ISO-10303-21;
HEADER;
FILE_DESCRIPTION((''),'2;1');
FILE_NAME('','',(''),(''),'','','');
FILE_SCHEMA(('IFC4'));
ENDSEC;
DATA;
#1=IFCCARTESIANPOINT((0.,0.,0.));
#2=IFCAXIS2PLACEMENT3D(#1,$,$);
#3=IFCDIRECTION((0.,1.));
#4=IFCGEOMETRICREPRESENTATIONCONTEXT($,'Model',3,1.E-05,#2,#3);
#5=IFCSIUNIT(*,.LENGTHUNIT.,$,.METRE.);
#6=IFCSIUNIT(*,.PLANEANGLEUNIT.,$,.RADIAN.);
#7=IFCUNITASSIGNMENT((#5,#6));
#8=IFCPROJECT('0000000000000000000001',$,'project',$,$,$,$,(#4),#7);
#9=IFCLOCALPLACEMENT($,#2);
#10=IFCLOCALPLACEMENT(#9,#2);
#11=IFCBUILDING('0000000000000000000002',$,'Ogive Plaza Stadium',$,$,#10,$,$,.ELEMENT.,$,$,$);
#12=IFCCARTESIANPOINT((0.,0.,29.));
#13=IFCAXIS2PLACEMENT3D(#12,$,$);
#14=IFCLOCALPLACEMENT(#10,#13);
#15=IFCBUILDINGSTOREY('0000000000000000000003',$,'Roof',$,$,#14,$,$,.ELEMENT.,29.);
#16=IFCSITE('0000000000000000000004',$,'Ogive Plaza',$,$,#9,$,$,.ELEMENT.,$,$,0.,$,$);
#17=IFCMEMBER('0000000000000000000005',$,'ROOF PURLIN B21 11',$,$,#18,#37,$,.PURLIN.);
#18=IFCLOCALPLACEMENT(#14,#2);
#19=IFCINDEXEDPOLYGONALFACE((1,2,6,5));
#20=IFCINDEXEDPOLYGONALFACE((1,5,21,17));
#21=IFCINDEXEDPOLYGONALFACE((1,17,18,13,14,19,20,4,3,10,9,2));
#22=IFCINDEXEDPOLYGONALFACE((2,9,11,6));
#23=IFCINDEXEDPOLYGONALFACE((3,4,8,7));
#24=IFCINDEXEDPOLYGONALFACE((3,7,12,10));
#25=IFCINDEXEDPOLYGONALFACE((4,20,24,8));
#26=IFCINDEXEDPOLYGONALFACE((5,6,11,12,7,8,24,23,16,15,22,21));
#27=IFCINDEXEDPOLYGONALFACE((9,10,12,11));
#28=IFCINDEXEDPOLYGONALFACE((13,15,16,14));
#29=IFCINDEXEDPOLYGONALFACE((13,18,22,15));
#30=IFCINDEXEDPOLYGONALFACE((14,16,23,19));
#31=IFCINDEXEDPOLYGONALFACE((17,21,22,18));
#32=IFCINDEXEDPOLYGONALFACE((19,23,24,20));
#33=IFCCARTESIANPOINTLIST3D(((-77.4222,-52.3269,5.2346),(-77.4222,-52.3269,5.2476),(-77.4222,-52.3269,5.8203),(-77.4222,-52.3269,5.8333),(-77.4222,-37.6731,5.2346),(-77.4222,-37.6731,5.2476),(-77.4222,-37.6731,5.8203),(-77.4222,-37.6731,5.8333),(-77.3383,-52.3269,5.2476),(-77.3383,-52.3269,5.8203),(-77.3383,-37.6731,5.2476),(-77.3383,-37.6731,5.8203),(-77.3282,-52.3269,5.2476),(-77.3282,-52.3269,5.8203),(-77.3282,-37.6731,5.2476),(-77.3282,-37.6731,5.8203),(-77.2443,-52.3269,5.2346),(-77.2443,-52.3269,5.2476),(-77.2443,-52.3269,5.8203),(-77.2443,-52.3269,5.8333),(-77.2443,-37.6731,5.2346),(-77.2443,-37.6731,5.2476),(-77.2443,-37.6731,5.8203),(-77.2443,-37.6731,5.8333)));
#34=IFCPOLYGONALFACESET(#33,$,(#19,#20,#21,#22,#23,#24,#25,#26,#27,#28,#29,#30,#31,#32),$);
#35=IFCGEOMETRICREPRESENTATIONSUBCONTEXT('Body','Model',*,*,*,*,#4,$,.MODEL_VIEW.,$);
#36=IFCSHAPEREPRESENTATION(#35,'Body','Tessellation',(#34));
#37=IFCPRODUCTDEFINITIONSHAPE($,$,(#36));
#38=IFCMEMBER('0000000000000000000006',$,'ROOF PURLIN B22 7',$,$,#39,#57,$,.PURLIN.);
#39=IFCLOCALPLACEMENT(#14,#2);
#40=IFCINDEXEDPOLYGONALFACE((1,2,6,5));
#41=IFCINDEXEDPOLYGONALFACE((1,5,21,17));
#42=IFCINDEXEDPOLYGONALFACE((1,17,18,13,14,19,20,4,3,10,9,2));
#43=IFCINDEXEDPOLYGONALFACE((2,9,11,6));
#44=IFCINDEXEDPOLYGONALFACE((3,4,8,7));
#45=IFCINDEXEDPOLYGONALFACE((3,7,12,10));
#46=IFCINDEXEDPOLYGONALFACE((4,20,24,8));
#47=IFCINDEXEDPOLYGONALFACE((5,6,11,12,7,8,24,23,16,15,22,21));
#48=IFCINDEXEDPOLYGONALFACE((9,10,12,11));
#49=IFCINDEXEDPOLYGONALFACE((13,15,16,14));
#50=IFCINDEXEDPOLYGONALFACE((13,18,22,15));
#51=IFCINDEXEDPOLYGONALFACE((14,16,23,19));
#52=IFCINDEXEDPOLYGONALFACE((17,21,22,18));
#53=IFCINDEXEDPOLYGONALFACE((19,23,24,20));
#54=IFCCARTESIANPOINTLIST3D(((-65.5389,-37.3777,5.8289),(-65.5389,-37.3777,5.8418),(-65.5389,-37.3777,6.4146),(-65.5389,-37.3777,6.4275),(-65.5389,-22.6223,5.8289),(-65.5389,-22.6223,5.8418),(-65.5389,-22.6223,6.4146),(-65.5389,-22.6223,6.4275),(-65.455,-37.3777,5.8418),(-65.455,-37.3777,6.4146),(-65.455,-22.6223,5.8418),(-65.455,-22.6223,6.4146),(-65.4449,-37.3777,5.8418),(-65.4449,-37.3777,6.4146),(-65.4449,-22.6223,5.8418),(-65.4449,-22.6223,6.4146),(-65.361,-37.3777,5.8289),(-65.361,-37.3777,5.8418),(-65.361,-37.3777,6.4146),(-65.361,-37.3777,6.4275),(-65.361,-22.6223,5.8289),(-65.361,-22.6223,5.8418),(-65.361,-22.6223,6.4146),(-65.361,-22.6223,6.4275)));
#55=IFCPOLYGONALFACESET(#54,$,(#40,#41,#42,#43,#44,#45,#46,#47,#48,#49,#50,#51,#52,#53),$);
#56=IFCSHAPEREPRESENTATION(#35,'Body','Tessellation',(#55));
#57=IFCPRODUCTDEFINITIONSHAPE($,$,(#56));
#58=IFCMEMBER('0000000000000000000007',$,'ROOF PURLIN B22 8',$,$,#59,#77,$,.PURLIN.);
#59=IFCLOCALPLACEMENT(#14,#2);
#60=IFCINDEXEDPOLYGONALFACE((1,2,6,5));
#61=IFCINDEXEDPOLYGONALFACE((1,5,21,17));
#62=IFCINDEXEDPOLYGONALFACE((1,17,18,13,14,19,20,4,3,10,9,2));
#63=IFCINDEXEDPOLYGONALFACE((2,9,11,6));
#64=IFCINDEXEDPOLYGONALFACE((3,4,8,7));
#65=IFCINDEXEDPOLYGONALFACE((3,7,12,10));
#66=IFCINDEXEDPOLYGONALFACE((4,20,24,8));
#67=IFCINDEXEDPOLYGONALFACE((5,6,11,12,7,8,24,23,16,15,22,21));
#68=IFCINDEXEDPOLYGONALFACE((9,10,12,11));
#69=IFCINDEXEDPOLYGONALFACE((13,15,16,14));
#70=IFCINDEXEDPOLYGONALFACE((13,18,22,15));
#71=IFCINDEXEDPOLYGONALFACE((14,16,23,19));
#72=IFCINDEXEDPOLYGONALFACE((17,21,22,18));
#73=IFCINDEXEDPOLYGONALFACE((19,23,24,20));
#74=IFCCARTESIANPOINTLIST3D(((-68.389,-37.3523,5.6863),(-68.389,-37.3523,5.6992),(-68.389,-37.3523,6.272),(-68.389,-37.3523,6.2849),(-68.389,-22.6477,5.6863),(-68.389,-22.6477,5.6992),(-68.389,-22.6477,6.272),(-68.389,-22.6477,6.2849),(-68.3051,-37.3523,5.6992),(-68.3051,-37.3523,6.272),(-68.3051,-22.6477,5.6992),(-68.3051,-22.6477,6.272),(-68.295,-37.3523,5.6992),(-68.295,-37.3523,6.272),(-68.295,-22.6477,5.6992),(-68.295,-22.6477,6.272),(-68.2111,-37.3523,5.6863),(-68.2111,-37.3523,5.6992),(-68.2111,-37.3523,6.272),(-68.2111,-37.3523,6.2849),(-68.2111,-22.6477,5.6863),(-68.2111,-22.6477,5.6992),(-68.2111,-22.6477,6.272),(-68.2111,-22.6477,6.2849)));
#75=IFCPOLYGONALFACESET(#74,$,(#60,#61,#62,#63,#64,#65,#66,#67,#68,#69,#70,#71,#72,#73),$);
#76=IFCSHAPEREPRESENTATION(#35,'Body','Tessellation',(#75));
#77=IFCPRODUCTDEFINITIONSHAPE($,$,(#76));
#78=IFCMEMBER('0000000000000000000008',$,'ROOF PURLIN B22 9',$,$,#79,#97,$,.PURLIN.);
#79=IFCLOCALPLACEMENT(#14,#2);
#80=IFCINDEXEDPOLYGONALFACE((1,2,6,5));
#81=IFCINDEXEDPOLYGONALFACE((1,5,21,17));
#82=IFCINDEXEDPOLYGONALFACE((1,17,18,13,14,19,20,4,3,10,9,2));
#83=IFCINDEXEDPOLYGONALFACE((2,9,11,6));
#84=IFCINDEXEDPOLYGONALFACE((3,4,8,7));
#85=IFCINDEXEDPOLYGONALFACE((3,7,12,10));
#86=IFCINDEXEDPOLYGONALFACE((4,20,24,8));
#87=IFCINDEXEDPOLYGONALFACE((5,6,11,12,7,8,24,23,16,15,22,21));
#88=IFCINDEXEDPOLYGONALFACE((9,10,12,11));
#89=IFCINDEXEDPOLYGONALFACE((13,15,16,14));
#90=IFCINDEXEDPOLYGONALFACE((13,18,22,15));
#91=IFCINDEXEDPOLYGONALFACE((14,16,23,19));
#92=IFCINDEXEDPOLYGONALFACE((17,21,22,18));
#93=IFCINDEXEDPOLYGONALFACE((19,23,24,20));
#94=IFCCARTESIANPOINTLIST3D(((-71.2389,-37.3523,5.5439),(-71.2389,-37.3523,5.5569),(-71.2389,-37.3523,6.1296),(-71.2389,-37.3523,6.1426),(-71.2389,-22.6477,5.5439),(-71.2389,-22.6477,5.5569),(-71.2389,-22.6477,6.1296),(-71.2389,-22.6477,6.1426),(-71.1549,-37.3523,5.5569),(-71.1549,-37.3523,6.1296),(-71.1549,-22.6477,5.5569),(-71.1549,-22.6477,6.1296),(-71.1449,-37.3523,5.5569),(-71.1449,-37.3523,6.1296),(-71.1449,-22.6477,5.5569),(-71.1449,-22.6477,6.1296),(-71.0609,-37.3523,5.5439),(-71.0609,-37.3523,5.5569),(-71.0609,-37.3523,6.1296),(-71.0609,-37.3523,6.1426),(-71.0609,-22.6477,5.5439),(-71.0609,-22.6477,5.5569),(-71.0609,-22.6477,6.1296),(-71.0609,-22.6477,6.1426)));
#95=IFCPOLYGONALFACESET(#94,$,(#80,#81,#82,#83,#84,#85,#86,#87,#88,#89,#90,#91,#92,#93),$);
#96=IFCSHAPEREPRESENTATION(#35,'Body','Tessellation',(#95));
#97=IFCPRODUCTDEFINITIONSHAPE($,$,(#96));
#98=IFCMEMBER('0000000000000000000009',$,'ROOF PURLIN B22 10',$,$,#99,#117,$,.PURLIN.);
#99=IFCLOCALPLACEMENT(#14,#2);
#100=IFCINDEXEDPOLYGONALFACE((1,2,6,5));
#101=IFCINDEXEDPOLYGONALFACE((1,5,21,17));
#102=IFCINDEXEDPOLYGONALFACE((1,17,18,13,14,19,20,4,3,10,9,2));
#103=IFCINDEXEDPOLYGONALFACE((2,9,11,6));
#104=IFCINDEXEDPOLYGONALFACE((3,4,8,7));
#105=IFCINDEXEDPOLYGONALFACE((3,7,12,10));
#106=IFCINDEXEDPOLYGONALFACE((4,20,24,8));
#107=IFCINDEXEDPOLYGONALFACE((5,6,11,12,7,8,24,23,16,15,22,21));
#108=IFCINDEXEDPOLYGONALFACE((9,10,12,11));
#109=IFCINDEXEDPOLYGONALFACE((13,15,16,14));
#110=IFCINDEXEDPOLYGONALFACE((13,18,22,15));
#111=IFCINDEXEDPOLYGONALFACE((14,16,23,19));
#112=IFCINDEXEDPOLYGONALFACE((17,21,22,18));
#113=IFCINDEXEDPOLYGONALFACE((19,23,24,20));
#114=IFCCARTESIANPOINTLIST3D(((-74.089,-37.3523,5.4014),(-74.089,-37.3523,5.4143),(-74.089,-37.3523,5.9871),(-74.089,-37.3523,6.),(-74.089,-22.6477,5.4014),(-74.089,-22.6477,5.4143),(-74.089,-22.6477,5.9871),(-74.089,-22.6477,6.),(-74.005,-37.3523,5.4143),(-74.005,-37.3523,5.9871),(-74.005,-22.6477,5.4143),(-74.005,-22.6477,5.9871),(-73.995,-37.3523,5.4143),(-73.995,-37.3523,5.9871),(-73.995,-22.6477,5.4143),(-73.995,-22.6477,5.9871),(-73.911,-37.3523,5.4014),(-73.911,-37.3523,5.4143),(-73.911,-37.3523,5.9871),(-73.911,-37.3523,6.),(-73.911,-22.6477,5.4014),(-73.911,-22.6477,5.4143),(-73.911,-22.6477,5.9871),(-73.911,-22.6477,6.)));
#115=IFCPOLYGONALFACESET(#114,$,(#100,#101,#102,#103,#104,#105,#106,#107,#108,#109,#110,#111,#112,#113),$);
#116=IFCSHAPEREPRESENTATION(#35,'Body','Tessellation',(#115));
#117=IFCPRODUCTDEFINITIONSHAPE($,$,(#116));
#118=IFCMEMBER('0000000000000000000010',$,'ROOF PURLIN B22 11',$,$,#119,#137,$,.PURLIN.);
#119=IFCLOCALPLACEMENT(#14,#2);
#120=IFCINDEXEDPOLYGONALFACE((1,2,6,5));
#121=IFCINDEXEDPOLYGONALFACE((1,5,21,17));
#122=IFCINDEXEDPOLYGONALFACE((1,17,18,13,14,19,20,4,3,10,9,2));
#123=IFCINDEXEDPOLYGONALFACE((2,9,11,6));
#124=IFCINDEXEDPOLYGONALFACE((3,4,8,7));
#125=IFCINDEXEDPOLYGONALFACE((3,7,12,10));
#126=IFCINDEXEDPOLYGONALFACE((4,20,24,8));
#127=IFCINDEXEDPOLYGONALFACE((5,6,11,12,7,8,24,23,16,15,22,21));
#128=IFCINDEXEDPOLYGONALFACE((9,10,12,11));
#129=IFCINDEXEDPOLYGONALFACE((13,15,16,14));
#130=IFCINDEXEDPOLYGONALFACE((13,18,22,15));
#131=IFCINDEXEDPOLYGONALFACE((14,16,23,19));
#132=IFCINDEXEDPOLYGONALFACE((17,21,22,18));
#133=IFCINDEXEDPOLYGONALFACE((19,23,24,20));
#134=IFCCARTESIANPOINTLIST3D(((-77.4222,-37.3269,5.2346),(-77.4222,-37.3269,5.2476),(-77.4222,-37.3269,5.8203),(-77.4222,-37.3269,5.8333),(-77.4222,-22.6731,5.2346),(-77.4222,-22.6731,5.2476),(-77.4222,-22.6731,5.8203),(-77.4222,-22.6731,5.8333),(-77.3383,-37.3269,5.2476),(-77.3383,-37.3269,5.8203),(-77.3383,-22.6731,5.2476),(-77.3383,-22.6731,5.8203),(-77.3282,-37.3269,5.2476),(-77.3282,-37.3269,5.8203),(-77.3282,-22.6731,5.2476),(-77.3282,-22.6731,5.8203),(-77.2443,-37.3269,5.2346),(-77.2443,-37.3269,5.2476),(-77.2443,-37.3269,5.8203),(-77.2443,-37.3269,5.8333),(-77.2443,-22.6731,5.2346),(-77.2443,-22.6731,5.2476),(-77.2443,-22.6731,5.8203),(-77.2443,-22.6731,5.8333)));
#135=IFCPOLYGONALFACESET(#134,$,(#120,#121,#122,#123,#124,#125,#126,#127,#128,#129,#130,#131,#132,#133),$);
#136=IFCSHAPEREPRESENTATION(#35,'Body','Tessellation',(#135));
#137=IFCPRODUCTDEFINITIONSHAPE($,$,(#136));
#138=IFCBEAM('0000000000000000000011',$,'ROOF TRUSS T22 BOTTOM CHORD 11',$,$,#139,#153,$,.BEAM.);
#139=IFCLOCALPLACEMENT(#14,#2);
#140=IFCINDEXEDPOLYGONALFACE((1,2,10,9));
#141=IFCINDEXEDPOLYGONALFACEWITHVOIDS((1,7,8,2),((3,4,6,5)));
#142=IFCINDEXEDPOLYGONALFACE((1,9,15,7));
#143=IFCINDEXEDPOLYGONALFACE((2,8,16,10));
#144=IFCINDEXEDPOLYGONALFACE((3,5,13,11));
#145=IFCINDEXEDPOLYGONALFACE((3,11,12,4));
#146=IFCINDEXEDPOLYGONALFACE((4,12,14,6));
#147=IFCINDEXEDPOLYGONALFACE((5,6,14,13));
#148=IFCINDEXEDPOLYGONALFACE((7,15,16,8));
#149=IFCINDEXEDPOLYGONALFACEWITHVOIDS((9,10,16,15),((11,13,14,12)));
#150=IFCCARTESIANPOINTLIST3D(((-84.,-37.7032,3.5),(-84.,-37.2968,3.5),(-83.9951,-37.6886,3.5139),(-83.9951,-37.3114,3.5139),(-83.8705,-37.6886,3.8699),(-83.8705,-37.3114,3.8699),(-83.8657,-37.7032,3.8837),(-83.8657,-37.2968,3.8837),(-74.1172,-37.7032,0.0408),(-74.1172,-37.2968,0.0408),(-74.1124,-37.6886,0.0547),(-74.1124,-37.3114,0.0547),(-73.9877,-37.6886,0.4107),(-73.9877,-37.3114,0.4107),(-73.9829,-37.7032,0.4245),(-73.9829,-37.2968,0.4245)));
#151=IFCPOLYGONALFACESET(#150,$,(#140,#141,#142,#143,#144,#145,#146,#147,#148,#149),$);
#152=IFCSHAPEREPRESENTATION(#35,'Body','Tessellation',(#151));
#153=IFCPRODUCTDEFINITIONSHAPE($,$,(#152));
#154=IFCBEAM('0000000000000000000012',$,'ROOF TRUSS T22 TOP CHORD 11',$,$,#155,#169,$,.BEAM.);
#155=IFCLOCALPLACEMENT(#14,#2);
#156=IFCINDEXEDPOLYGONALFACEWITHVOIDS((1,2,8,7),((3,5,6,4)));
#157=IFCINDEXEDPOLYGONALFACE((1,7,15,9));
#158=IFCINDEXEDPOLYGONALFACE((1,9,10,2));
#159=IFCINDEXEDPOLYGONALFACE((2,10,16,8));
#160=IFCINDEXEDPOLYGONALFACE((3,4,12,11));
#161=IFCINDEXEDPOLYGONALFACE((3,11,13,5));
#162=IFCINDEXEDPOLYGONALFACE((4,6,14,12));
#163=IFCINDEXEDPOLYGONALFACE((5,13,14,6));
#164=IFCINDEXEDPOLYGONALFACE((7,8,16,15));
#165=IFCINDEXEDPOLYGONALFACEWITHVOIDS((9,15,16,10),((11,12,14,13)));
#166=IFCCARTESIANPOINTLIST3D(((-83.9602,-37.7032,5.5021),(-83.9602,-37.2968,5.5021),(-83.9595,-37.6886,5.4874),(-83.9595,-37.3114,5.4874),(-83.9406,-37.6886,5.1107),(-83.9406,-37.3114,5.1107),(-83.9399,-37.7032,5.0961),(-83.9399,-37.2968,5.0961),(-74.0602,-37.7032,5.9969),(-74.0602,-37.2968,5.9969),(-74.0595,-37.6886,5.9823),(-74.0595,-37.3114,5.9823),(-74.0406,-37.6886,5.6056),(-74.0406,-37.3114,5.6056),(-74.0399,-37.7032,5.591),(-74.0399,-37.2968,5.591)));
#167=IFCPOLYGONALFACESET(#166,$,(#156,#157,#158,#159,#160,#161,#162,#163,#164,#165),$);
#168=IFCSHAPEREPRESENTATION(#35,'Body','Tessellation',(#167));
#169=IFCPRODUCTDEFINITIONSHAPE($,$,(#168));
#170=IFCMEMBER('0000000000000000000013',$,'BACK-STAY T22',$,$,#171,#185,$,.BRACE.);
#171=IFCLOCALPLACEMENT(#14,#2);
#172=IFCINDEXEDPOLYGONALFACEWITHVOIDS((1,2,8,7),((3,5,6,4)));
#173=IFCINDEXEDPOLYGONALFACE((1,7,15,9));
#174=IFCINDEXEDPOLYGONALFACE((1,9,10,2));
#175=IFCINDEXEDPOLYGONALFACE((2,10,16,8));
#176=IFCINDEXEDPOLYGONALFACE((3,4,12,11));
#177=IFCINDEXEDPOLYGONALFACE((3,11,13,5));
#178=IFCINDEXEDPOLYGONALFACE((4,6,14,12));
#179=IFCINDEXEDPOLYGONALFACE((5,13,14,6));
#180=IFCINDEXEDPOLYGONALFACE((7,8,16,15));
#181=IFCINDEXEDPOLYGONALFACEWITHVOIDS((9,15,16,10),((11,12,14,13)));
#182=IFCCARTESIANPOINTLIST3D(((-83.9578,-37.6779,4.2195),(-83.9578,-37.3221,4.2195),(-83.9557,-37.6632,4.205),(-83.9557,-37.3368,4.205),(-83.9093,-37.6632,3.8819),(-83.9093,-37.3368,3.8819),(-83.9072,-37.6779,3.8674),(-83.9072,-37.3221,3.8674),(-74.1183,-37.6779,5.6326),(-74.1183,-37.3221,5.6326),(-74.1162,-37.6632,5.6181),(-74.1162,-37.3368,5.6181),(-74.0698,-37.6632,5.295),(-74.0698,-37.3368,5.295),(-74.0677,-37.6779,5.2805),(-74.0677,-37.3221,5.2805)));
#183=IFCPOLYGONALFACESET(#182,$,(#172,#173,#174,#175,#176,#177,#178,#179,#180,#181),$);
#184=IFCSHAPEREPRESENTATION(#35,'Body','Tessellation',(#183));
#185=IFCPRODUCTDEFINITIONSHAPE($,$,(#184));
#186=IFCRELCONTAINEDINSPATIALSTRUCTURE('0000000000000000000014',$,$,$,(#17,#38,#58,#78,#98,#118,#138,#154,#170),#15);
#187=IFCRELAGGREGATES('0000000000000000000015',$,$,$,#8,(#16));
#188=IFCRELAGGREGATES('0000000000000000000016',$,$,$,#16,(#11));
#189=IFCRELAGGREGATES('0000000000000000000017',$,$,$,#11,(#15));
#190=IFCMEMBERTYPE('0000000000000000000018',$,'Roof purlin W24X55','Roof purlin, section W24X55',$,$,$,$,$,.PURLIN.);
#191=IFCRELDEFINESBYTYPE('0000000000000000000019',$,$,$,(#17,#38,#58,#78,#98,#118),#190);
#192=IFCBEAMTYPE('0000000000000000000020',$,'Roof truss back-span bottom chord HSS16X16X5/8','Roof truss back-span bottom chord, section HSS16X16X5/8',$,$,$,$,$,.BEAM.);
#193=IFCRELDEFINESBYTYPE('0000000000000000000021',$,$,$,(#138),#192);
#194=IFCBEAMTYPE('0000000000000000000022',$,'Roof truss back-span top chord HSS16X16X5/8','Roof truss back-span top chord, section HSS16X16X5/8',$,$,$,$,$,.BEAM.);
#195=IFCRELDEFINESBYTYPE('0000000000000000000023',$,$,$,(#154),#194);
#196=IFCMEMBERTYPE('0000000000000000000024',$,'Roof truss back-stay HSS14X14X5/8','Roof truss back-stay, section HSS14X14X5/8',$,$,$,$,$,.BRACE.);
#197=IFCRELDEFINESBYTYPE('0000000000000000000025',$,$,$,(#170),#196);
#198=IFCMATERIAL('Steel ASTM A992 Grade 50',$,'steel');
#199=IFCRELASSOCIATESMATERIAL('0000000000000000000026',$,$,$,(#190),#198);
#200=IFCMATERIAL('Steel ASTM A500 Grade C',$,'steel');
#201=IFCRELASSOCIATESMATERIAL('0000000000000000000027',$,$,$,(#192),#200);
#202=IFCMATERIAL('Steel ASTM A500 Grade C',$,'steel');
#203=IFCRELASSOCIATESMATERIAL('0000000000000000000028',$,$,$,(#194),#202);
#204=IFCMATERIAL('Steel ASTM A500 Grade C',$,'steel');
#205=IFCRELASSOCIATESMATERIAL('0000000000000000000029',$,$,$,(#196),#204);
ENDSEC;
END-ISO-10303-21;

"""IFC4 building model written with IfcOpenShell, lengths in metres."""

from ifc_helpers import new_model, si_unit, direction, frame, origin, origin_2d, place, context, subcontext, project, spatial, hollow_rectangle, i_section, extrude, material, material_profile, profile_set, type_object, element, save


model = new_model("IFC4")

# Units and contexts
model_context = context("Model", 3, precision=1e-05, world=origin(), true_north=direction((0.0, 1.0)))
body_context = subcontext(model_context, "Body", "Model", "MODEL_VIEW")
ifc_project = project(units=[si_unit("LENGTHUNIT", "METRE"), si_unit("PLANEANGLEUNIT", "RADIAN")], contexts=[model_context])

# Site, building, storey
site_placement = place(None, origin())
site = spatial("IfcSite", under=ifc_project, at=site_placement, Name="Ogive Plaza", CompositionType="ELEMENT", RefElevation=0.0)
building_placement = place(site_placement, origin())
building = spatial("IfcBuilding", under=site, at=building_placement, Name="Ogive Plaza Stadium", CompositionType="ELEMENT")
storey_placement = place(building_placement, frame((0.0, 0.0, 29.0)))
storey = spatial("IfcBuildingStorey", under=building, at=storey_placement, Name="Roof", CompositionType="ELEMENT", Elevation=29.0)

# Members
ifc_material_1 = material(Name="Steel ASTM A992 Grade 50", Category="steel")
ifc_material_profile_1 = material_profile(ifc_material_1, i_section(OverallWidth=0.178, OverallDepth=0.5986, WebThickness=0.01, FlangeThickness=0.0129, at=origin_2d()), Name="W24X55")
ifc_profile_set_1 = profile_set([ifc_material_profile_1], Name="Steel ASTM A992 Grade 50")
member_type_1 = type_object("IfcMemberType", Name="Roof purlin W24X55", Description="Roof purlin, section W24X55", PredefinedType="PURLIN", material=ifc_profile_set_1)
member_1_placement = place(storey_placement, frame((-77.3333, -52.3269, 5.5339), z_axis=(0.0, 1.0, 0.0), x_axis=(-1.0, 0.0, 0.0)))
element("IfcMember", 1, at=member_1_placement, inside=storey, type_object=member_type_1, Name="ROOF PURLIN B21 11", PredefinedType="PURLIN", context=body_context, shape_type="SweptSolid", body=[
    extrude(i_section(OverallWidth=0.178, OverallDepth=0.5986, WebThickness=0.01, FlangeThickness=0.0129, at=origin_2d()), origin(), (0.0, 0.0, 1.0), 14.6538),
])
member_2_placement = place(storey_placement, frame((-65.45, -37.3777, 6.1282), z_axis=(0.0, 1.0, 0.0), x_axis=(-1.0, 0.0, 0.0)))
element("IfcMember", 2, at=member_2_placement, inside=storey, type_object=member_type_1, Name="ROOF PURLIN B22 7", PredefinedType="PURLIN", context=body_context, shape_type="SweptSolid", body=[
    extrude(i_section(OverallWidth=0.178, OverallDepth=0.5986, WebThickness=0.01, FlangeThickness=0.0129, at=origin_2d()), origin(), (0.0, 0.0, 1.0), 14.7554),
])
for number, where, z_axis, x_axis, name in (
    (3, (-68.3, -37.3523, 5.9856), (0.0, 1.0, 0.0), (-1.0, 0.0, 0.0), "ROOF PURLIN B22 8"),
    (4, (-71.1499, -37.3523, 5.8433), (0.0, 1.0, 0.0), (-1.0, 0.0, 0.0), "ROOF PURLIN B22 9"),
    (5, (-74.0, -37.3523, 5.7007), (0.0, 1.0, 0.0), (-1.0, 0.0, 0.0), "ROOF PURLIN B22 10"),
):
    element("IfcMember", number, at=place(storey_placement, frame(where, z_axis=z_axis, x_axis=x_axis)), inside=storey, type_object=member_type_1, Name=name, PredefinedType="PURLIN", context=body_context, shape_type="SweptSolid", body=[
        extrude(i_section(OverallWidth=0.178, OverallDepth=0.5986, WebThickness=0.01, FlangeThickness=0.0129, at=origin_2d()), origin(), (0.0, 0.0, 1.0), 14.7046),
    ])
member_3_placement = place(storey_placement, frame((-77.3333, -37.3269, 5.5339), z_axis=(0.0, 1.0, 0.0), x_axis=(-1.0, 0.0, 0.0)))
element("IfcMember", 6, at=member_3_placement, inside=storey, type_object=member_type_1, Name="ROOF PURLIN B22 11", PredefinedType="PURLIN", context=body_context, shape_type="SweptSolid", body=[
    extrude(i_section(OverallWidth=0.178, OverallDepth=0.5986, WebThickness=0.01, FlangeThickness=0.0129, at=origin_2d()), origin(), (0.0, 0.0, 1.0), 14.6538),
])

# Beams
ifc_material_2 = material(Name="Steel ASTM A500 Grade C", Category="steel")
ifc_material_profile_2 = material_profile(ifc_material_2, hollow_rectangle(XDim=0.4065, YDim=0.4065, WallThickness=0.0146, at=origin_2d()), Name="HSS16X16X5/8")
ifc_profile_set_2 = profile_set([ifc_material_profile_2], Name="Steel ASTM A500 Grade C")
beam_type_1 = type_object("IfcBeamType", Name="Roof truss back-span bottom chord HSS16X16X5/8", Description="Roof truss back-span bottom chord, section HSS16X16X5/8", PredefinedType="BEAM", material=ifc_profile_set_2)
beam_1_placement = place(storey_placement, frame((-74.05, -37.5, 0.2327), z_axis=(-0.943851, 0.0, 0.330371), x_axis=(0.0, -1.0, 0.0)))
element("IfcBeam", 7, at=beam_1_placement, inside=storey, type_object=beam_type_1, Name="ROOF TRUSS T22 BOTTOM CHORD 11", PredefinedType="BEAM", context=body_context, shape_type="SweptSolid", body=[
    extrude(hollow_rectangle(XDim=0.4065, YDim=0.4065, WallThickness=0.0146, at=origin_2d()), origin(), (0.0, 0.0, 1.0), 10.4707),
])
ifc_material_3 = material(Name="Steel ASTM A500 Grade C", Category="steel")
ifc_material_profile_3 = material_profile(ifc_material_3, hollow_rectangle(XDim=0.4065, YDim=0.4065, WallThickness=0.0146, at=origin_2d()), Name="HSS16X16X5/8")
ifc_profile_set_3 = profile_set([ifc_material_profile_3], Name="Steel ASTM A500 Grade C")
beam_type_2 = type_object("IfcBeamType", Name="Roof truss back-span top chord HSS16X16X5/8", Description="Roof truss back-span top chord, section HSS16X16X5/8", PredefinedType="BEAM", material=ifc_profile_set_3)
beam_2_placement = place(storey_placement, frame((-74.05, -37.5, 5.7939), z_axis=(-0.998753, 0.0, -0.049925), x_axis=(0.0, -1.0, 0.0)))
element("IfcBeam", 8, at=beam_2_placement, inside=storey, type_object=beam_type_2, Name="ROOF TRUSS T22 TOP CHORD 11", PredefinedType="BEAM", context=body_context, shape_type="SweptSolid", body=[
    extrude(hollow_rectangle(XDim=0.4065, YDim=0.4065, WallThickness=0.0146, at=origin_2d()), origin(), (0.0, 0.0, 1.0), 9.9124),
])

# Member
ifc_material_4 = material(Name="Steel ASTM A500 Grade C", Category="steel")
ifc_material_profile_4 = material_profile(ifc_material_4, hollow_rectangle(XDim=0.3557, YDim=0.3557, WallThickness=0.0146, at=origin_2d()), Name="HSS14X14X5/8")
ifc_profile_set_4 = profile_set([ifc_material_profile_4], Name="Steel ASTM A500 Grade C")
member_type_2 = type_object("IfcMemberType", Name="Roof truss back-stay HSS14X14X5/8", Description="Roof truss back-stay, section HSS14X14X5/8", PredefinedType="BRACE", material=ifc_profile_set_4)
member_4_placement = place(storey_placement, frame((-74.093, -37.5, 5.4565), z_axis=(-0.989844, 0.0, -0.142157), x_axis=(0.0, -1.0, 0.0)))
element("IfcMember", 9, at=member_4_placement, inside=storey, type_object=member_type_2, Name="BACK-STAY T22", PredefinedType="BRACE", context=body_context, shape_type="SweptSolid", body=[
    extrude(hollow_rectangle(XDim=0.3557, YDim=0.3557, WallThickness=0.0146, at=origin_2d()), origin(), (0.0, 0.0, 1.0), 9.9404),
])

save(model, "model.ifc")
